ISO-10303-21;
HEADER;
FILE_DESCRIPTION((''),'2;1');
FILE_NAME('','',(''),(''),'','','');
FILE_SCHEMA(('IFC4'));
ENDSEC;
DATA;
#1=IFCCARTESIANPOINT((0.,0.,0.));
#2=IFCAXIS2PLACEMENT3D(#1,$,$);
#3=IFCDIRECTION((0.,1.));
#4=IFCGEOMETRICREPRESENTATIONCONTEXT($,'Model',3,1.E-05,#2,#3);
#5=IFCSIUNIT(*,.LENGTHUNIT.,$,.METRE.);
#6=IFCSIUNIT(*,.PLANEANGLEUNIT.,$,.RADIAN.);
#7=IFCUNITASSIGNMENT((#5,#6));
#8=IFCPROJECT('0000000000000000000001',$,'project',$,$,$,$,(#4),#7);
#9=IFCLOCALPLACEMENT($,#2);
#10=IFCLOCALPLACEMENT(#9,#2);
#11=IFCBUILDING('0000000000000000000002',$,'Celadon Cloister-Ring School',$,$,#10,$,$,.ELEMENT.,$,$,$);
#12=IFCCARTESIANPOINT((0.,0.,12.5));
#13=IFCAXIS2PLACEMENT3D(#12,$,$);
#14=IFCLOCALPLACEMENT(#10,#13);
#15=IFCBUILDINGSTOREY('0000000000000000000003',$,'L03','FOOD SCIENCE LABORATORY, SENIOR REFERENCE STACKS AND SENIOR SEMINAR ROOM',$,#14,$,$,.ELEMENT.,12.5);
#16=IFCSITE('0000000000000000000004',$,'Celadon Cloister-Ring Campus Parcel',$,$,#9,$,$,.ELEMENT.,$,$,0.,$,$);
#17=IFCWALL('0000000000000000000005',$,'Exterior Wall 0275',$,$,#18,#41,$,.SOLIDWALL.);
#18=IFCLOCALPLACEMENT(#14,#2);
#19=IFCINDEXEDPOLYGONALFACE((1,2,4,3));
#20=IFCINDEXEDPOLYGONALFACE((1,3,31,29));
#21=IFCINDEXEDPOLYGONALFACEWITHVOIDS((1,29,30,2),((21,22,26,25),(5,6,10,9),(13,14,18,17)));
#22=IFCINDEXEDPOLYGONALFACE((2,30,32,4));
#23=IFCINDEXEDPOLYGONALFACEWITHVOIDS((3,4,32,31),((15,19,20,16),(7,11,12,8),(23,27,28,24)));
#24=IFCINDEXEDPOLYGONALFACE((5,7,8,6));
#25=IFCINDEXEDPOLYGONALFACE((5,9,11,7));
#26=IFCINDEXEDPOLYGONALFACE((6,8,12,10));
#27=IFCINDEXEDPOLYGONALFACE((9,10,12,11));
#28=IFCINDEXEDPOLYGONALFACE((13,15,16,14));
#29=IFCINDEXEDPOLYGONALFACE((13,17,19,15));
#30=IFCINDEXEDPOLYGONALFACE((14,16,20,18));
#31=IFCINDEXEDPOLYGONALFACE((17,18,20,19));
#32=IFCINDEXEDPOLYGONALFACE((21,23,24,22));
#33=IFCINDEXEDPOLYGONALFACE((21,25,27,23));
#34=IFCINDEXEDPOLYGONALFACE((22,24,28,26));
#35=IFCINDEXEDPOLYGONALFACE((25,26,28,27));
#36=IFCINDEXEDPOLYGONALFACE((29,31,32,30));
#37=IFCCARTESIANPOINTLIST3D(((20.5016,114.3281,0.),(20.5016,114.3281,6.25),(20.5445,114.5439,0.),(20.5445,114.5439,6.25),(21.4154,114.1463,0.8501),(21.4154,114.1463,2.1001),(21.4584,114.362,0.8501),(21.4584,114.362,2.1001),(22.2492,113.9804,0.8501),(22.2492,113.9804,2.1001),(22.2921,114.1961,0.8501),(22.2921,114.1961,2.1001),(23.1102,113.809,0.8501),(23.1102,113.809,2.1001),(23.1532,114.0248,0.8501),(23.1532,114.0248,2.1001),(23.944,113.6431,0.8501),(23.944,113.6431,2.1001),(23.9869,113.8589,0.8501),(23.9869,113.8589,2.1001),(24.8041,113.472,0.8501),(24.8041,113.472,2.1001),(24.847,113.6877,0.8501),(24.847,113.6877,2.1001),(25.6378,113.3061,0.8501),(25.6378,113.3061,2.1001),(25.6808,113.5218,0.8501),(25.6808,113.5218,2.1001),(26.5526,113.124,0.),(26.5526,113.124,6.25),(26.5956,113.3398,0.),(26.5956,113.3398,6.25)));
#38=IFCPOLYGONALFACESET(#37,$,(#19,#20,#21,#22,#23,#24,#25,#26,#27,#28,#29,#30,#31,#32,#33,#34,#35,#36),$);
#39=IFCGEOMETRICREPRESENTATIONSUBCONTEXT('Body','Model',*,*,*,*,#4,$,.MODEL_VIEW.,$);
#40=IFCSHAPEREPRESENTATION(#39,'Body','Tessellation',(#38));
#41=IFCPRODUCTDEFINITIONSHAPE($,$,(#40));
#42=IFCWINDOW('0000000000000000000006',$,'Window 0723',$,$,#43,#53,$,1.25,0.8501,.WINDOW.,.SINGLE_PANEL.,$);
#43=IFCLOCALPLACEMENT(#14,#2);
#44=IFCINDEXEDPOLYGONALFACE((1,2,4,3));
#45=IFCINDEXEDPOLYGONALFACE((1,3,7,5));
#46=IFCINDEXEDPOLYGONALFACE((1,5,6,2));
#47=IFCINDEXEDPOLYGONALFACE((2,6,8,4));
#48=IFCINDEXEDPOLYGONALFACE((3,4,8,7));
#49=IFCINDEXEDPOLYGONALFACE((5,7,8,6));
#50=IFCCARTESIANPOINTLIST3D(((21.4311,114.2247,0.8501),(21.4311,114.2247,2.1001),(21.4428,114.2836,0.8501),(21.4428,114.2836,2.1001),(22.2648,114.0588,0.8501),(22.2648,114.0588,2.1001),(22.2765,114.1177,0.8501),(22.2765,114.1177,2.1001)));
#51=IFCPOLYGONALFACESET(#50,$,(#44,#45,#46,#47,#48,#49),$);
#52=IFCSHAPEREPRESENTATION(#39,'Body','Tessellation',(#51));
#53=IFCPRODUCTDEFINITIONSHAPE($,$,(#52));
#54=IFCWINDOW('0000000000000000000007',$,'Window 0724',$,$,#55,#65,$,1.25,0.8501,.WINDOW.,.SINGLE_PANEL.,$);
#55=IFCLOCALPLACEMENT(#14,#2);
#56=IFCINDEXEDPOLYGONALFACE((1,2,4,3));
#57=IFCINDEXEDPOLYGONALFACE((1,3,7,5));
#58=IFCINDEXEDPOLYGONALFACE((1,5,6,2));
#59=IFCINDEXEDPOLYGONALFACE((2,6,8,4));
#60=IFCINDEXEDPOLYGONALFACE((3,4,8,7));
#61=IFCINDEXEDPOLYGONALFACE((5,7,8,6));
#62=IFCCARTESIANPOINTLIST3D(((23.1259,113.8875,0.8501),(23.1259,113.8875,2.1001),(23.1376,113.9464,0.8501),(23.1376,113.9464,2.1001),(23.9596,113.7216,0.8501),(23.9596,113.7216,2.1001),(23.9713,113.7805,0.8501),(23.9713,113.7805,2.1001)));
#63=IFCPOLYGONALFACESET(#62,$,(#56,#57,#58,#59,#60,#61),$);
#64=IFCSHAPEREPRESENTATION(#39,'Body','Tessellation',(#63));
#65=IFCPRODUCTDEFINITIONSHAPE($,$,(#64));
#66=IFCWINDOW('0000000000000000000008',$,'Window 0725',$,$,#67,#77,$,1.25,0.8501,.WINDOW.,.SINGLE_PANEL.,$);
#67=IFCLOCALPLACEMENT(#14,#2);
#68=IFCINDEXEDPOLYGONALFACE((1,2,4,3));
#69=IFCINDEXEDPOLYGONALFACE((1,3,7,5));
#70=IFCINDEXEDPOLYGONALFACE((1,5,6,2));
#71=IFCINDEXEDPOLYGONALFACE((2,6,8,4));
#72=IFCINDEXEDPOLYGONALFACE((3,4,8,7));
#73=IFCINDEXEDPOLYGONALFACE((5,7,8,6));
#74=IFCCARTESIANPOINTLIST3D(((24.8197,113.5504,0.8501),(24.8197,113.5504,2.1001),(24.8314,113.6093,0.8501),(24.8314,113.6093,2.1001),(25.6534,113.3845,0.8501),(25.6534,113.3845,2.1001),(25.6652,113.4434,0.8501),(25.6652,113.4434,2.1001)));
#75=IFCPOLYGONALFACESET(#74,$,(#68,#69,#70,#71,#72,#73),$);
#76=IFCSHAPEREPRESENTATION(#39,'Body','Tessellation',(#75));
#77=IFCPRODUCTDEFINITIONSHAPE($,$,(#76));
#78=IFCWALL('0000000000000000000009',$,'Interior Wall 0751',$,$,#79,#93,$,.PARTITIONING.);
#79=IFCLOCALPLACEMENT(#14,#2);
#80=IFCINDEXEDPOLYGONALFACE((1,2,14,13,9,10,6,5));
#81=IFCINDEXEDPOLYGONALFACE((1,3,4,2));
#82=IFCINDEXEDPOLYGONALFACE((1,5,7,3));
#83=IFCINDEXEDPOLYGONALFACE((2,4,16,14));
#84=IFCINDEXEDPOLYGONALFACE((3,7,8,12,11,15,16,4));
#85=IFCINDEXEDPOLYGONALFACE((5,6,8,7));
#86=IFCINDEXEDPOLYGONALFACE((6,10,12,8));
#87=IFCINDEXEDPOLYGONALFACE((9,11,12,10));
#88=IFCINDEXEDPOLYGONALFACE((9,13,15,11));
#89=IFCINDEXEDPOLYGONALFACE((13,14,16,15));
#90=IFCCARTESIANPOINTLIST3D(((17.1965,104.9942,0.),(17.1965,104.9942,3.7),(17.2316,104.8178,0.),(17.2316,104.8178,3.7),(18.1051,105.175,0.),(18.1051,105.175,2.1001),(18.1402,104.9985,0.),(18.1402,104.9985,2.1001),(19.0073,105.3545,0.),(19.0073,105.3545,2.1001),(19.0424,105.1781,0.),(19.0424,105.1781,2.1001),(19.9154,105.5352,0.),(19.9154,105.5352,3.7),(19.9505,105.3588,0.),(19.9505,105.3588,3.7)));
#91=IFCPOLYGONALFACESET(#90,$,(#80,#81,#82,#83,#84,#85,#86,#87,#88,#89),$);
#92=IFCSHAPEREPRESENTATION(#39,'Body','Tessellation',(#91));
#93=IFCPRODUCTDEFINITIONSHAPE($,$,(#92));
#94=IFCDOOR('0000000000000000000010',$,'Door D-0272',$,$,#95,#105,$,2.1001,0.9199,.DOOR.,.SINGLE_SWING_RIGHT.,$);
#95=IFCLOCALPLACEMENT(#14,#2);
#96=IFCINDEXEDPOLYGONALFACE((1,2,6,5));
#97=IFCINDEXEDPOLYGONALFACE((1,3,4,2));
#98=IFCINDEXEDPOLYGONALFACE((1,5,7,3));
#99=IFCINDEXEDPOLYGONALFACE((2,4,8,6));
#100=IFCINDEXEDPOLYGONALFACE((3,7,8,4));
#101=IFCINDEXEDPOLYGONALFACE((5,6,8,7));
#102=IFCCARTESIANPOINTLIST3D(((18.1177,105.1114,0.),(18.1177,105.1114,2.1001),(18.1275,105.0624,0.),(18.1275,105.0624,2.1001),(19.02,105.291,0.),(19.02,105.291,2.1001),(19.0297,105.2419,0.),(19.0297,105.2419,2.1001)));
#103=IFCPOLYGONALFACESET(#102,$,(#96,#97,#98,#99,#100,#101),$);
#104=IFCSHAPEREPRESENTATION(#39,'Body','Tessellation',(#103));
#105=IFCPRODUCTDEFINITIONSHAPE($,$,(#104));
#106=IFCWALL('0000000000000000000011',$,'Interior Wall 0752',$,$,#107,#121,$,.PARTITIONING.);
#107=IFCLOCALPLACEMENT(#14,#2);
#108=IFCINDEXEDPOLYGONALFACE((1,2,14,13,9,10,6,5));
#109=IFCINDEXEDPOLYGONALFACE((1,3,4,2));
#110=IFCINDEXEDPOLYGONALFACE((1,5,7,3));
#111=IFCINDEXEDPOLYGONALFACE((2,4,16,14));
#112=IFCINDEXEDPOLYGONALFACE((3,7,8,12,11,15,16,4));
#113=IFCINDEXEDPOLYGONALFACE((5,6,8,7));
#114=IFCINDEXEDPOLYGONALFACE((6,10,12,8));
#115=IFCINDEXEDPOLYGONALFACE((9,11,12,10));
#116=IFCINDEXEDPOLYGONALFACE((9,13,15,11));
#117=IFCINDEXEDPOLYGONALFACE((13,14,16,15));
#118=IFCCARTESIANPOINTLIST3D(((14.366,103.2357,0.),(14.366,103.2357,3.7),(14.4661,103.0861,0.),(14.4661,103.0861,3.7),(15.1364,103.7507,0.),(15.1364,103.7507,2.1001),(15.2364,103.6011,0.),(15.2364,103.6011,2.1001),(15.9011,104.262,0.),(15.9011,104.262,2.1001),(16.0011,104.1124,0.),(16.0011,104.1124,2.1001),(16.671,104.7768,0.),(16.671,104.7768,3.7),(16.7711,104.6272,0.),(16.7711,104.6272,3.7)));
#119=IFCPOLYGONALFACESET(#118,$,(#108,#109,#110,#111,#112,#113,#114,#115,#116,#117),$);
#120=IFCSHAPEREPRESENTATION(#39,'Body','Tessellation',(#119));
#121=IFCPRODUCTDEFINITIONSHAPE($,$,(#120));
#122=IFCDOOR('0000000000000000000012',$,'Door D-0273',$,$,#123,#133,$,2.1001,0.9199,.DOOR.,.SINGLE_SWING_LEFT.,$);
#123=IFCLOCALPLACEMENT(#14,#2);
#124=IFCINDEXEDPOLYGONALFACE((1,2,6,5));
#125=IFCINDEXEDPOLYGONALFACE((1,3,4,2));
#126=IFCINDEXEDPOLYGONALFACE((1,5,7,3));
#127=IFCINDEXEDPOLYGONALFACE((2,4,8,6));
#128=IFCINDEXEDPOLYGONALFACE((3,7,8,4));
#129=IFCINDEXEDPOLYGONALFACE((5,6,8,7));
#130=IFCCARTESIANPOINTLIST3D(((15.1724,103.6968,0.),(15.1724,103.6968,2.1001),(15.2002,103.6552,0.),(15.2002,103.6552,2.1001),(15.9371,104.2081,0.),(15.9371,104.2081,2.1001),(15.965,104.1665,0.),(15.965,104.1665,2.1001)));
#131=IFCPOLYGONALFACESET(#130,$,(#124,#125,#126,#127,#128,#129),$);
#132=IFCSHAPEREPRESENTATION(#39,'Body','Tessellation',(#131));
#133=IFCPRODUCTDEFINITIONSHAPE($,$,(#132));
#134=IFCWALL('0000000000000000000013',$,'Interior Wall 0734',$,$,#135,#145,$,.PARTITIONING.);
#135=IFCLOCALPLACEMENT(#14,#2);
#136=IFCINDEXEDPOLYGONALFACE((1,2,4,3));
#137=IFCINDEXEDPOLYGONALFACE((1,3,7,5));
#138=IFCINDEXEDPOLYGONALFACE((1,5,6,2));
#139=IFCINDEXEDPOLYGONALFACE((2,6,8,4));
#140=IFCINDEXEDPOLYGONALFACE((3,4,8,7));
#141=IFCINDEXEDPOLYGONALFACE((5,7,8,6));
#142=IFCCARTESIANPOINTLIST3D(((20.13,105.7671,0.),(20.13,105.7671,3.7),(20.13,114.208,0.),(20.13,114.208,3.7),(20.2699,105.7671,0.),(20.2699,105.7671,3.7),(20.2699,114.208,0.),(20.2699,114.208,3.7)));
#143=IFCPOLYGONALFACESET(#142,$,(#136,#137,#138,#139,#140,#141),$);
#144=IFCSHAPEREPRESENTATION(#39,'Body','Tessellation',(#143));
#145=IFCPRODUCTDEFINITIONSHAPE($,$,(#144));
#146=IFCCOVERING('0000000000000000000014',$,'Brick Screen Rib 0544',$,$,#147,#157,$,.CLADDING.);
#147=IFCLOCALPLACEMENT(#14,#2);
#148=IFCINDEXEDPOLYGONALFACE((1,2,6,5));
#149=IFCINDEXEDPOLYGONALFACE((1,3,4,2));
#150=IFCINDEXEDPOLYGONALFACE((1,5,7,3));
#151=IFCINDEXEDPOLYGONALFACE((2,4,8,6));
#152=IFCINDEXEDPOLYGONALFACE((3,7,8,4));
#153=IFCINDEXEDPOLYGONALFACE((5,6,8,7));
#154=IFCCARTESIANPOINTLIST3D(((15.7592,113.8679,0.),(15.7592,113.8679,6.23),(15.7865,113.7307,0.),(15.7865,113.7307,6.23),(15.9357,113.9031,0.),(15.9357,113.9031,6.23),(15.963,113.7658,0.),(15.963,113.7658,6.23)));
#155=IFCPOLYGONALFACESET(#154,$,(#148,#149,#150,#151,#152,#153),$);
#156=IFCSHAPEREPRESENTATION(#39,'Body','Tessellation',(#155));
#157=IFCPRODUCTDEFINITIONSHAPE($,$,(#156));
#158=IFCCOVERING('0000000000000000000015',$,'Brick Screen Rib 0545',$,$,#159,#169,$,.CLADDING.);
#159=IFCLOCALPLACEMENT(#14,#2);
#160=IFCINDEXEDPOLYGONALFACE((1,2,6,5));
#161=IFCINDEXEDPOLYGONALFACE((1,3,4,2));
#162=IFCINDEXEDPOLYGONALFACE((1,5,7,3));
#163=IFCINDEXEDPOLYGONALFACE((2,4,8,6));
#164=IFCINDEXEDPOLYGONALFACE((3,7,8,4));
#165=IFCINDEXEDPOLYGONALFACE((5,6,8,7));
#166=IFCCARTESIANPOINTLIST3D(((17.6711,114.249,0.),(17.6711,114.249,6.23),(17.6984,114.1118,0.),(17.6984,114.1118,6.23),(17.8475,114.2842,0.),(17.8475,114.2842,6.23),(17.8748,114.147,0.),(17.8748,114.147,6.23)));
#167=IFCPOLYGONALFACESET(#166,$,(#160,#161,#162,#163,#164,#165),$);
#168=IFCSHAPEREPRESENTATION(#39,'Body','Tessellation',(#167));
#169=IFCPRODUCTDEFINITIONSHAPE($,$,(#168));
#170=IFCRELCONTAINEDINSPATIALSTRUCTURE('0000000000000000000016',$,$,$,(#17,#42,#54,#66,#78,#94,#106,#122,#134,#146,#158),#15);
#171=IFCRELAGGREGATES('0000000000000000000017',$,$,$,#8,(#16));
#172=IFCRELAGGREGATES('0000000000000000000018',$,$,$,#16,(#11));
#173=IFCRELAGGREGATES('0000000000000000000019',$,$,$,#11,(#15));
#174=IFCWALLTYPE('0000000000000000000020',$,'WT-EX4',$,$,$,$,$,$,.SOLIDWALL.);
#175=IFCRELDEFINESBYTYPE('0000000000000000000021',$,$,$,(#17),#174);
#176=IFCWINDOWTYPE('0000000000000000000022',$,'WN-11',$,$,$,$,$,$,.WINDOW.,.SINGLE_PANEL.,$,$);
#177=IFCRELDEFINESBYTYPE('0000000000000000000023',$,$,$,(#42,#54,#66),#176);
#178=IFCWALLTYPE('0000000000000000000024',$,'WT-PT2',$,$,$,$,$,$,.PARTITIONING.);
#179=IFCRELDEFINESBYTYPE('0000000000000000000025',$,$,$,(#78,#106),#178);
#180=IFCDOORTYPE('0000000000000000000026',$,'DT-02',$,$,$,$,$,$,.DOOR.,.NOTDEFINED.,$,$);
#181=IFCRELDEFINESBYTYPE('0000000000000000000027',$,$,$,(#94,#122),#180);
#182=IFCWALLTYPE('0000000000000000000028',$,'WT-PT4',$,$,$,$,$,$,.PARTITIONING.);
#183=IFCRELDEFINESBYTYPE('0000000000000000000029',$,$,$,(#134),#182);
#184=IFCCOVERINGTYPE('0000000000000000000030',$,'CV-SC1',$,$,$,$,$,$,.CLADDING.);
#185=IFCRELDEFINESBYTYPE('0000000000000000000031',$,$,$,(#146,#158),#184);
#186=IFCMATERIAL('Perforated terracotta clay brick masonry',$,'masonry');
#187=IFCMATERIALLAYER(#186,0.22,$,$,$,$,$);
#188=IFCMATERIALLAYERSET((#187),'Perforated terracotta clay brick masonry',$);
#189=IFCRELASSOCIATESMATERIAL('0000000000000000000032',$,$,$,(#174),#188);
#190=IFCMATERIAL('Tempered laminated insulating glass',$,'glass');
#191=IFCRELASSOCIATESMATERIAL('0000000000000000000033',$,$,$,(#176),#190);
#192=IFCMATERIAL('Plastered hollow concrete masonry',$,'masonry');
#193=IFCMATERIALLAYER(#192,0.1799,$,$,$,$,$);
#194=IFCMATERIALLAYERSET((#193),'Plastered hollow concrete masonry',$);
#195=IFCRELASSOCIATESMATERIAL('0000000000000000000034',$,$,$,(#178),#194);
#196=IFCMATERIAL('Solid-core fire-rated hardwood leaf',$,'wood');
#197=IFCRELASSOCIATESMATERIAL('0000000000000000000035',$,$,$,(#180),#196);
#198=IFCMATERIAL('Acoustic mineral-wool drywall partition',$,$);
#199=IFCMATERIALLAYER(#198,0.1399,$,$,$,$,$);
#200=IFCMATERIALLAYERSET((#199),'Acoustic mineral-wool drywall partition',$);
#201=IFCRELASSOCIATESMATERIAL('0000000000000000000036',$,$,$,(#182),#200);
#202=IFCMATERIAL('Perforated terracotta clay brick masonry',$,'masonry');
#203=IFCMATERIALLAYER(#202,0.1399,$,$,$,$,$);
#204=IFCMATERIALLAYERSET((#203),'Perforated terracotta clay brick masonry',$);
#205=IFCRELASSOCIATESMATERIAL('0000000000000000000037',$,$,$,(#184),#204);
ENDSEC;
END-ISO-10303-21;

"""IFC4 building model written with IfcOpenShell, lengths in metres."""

from ifc_helpers import new_model, si_unit, direction, frame, frame_2d, origin, origin_2d, place, context, subcontext, project, spatial, rectangle, extrude, material, layer, layer_set, type_object, element, fill, save


model = new_model("IFC4")

# Units and contexts
model_context = context("Model", 3, precision=1e-05, world=origin(), true_north=direction((0.0, 1.0)))
body_context = subcontext(model_context, "Body", "Model", "MODEL_VIEW")
ifc_project = project(units=[si_unit("LENGTHUNIT", "METRE"), si_unit("PLANEANGLEUNIT", "RADIAN")], contexts=[model_context])

# Site, building, storey
site_placement = place(None, origin())
site = spatial("IfcSite", under=ifc_project, at=site_placement, Name="Celadon Cloister-Ring Campus Parcel", CompositionType="ELEMENT", RefElevation=0.0)
building_placement = place(site_placement, origin())
building = spatial("IfcBuilding", under=site, at=building_placement, Name="Celadon Cloister-Ring School", CompositionType="ELEMENT")
storey_placement = place(building_placement, frame((0.0, 0.0, 12.5)))
storey = spatial("IfcBuildingStorey", under=building, at=storey_placement, Name="L03", Description="FOOD SCIENCE LABORATORY, SENIOR REFERENCE STACKS AND SENIOR SEMINAR ROOM", CompositionType="ELEMENT", Elevation=12.5)

# Wall, openings, windows
ifc_material_1 = material(Name="Perforated terracotta clay brick masonry", Category="masonry")
ifc_layer_1 = layer(ifc_material_1, 0.22)
ifc_layer_set_1 = layer_set([ifc_layer_1], Name="Perforated terracotta clay brick masonry")
wall_type_1 = type_object("IfcWallType", Name="WT-EX4", PredefinedType="SOLIDWALL", material=ifc_layer_set_1)
wall_1_placement = place(storey_placement, frame((20.5229, 114.436, 0.0), z_axis=(0.0, 0.0, 1.0), x_axis=(0.98077, -0.195165, 0.0)))
wall_1 = element("IfcWall", 1, at=wall_1_placement, inside=storey, type_object=wall_type_1, Name="Exterior Wall 0275", PredefinedType="SOLIDWALL", context=body_context, shape_type="SweptSolid", body=[
    extrude(rectangle(XDim=6.1697, YDim=0.22, at=frame_2d((3.085, 0.0))), origin(), (0.0, 0.0, 1.0), 6.25),
])
opening_1_placement = place(wall_1_placement, frame((0.9319, 0.0, 0.8501)))
opening_1 = element("IfcOpeningElement", 2, at=opening_1_placement, cuts=wall_1, PredefinedType="OPENING", context=body_context, shape_type="SweptSolid", body=[
    extrude(rectangle(XDim=0.8501, YDim=1.25, at=frame_2d((0.425, 0.625))), frame((0.0, 0.1201, 0.0), z_axis=(0.0, -1.0, 0.0), x_axis=(1.0, 0.0, 0.0)), (0.0, 0.0, 1.0), 0.24),
])
opening_2_placement = place(wall_1_placement, frame((2.6599, 0.0, 0.8501)))
opening_2 = element("IfcOpeningElement", 3, at=opening_2_placement, cuts=wall_1, PredefinedType="OPENING", context=body_context, shape_type="SweptSolid", body=[
    extrude(rectangle(XDim=0.8501, YDim=1.25, at=frame_2d((0.425, 0.625))), frame((0.0, 0.1201, 0.0), z_axis=(0.0, -1.0, 0.0), x_axis=(1.0, 0.0, 0.0)), (0.0, 0.0, 1.0), 0.24),
])
opening_3_placement = place(wall_1_placement, frame((4.387, 0.0, 0.8501)))
opening_3 = element("IfcOpeningElement", 4, at=opening_3_placement, cuts=wall_1, PredefinedType="OPENING", context=body_context, shape_type="SweptSolid", body=[
    extrude(rectangle(XDim=0.8501, YDim=1.25, at=frame_2d((0.425, 0.625))), frame((0.0, 0.1201, 0.0), z_axis=(0.0, -1.0, 0.0), x_axis=(1.0, 0.0, 0.0)), (0.0, 0.0, 1.0), 0.24),
])
ifc_material_2 = material(Name="Tempered laminated insulating glass", Category="glass")
window_type = type_object("IfcWindowType", Name="WN-11", PartitioningType="SINGLE_PANEL", PredefinedType="WINDOW", material=ifc_material_2)
window_1_placement = place(opening_1_placement, origin())
window_1 = element("IfcWindow", 5, at=window_1_placement, inside=storey, type_object=window_type, Name="Window 0723", OverallHeight=1.25, OverallWidth=0.8501, PartitioningType="SINGLE_PANEL", PredefinedType="WINDOW", context=body_context, shape_type="SweptSolid", body=[
    extrude(rectangle(XDim=0.8501, YDim=1.25, at=frame_2d((0.425, 0.625))), frame((0.0, 0.03, 0.0), z_axis=(0.0, -1.0, 0.0), x_axis=(1.0, 0.0, 0.0)), (0.0, 0.0, 1.0), 0.0601),
])
fill(opening_1, window_1)
window_2_placement = place(opening_2_placement, origin())
window_2 = element("IfcWindow", 6, at=window_2_placement, inside=storey, type_object=window_type, Name="Window 0724", OverallHeight=1.25, OverallWidth=0.8501, PartitioningType="SINGLE_PANEL", PredefinedType="WINDOW", context=body_context, shape_type="SweptSolid", body=[
    extrude(rectangle(XDim=0.8501, YDim=1.25, at=frame_2d((0.425, 0.625))), frame((0.0, 0.03, 0.0), z_axis=(0.0, -1.0, 0.0), x_axis=(1.0, 0.0, 0.0)), (0.0, 0.0, 1.0), 0.0601),
])
fill(opening_2, window_2)
window_3_placement = place(opening_3_placement, origin())
window_3 = element("IfcWindow", 7, at=window_3_placement, inside=storey, type_object=window_type, Name="Window 0725", OverallHeight=1.25, OverallWidth=0.8501, PartitioningType="SINGLE_PANEL", PredefinedType="WINDOW", context=body_context, shape_type="SweptSolid", body=[
    extrude(rectangle(XDim=0.8501, YDim=1.25, at=frame_2d((0.425, 0.625))), frame((0.0, 0.03, 0.0), z_axis=(0.0, -1.0, 0.0), x_axis=(1.0, 0.0, 0.0)), (0.0, 0.0, 1.0), 0.0601),
])
fill(opening_3, window_3)

# Walls, openings, doors
ifc_material_3 = material(Name="Plastered hollow concrete masonry", Category="masonry")
ifc_layer_2 = layer(ifc_material_3, 0.1799)
ifc_layer_set_2 = layer_set([ifc_layer_2], Name="Plastered hollow concrete masonry")
wall_type_2 = type_object("IfcWallType", Name="WT-PT2", PredefinedType="PARTITIONING", material=ifc_layer_set_2)
wall_2_placement = place(storey_placement, frame((19.9331, 105.447, 0.0), z_axis=(0.0, 0.0, 1.0), x_axis=(-0.980773, -0.195151, 0.0)))
wall_2 = element("IfcWall", 8, at=wall_2_placement, inside=storey, type_object=wall_type_2, Name="Interior Wall 0751", PredefinedType="PARTITIONING", context=body_context, shape_type="SweptSolid", body=[
    extrude(rectangle(XDim=2.7722, YDim=0.1799, at=frame_2d((1.3862, 0.0))), origin(), (0.0, 0.0, 1.0), 3.7),
])
opening_4_placement = place(wall_2_placement, frame((0.926, 0.0, 0.0)))
opening_4 = element("IfcOpeningElement", 9, at=opening_4_placement, cuts=wall_2, PredefinedType="OPENING", context=body_context, shape_type="SweptSolid", body=[
    extrude(rectangle(XDim=0.9199, YDim=2.1001, at=frame_2d((0.46, 1.05))), frame((0.0, 0.1001, 0.0), z_axis=(0.0, -1.0, 0.0), x_axis=(1.0, 0.0, 0.0)), (0.0, 0.0, 1.0), 0.2),
])
ifc_material_4 = material(Name="Solid-core fire-rated hardwood leaf", Category="wood")
door_type = type_object("IfcDoorType", Name="DT-02", OperationType="NOTDEFINED", PredefinedType="DOOR", material=ifc_material_4)
door_1_placement = place(opening_4_placement, origin())
door_1 = element("IfcDoor", 10, at=door_1_placement, inside=storey, type_object=door_type, Name="Door D-0272", OperationType="SINGLE_SWING_RIGHT", OverallHeight=2.1001, OverallWidth=0.9199, PredefinedType="DOOR", context=body_context, shape_type="SweptSolid", body=[
    extrude(rectangle(XDim=0.9199, YDim=2.1001, at=frame_2d((0.46, 1.05))), frame((0.0, 0.0249, 0.0), z_axis=(0.0, -1.0, 0.0), x_axis=(1.0, 0.0, 0.0)), (0.0, 0.0, 1.0), 0.05),
])
fill(opening_4, door_1)
wall_3_placement = place(storey_placement, frame((16.7209, 104.7019, 0.0), z_axis=(0.0, 0.0, 1.0), x_axis=(-0.831318, -0.555797, 0.0)))
wall_3 = element("IfcWall", 11, at=wall_3_placement, inside=storey, type_object=wall_type_2, Name="Interior Wall 0752", PredefinedType="PARTITIONING", context=body_context, shape_type="SweptSolid", body=[
    extrude(rectangle(XDim=2.7727, YDim=0.1799, at=frame_2d((1.3862, 0.0))), origin(), (0.0, 0.0, 1.0), 3.7),
])
opening_5_placement = place(wall_3_placement, frame((0.926, 0.0, 0.0)))
opening_5 = element("IfcOpeningElement", 12, at=opening_5_placement, cuts=wall_3, PredefinedType="OPENING", context=body_context, shape_type="SweptSolid", body=[
    extrude(rectangle(XDim=0.9199, YDim=2.1001, at=frame_2d((0.46, 1.05))), frame((0.0, 0.1001, 0.0), z_axis=(0.0, -1.0, 0.0), x_axis=(1.0, 0.0, 0.0)), (0.0, 0.0, 1.0), 0.2),
])
door_2_placement = place(opening_5_placement, origin())
door_2 = element("IfcDoor", 13, at=door_2_placement, inside=storey, type_object=door_type, Name="Door D-0273", OperationType="SINGLE_SWING_LEFT", OverallHeight=2.1001, OverallWidth=0.9199, PredefinedType="DOOR", context=body_context, shape_type="SweptSolid", body=[
    extrude(rectangle(XDim=0.9199, YDim=2.1001, at=frame_2d((0.46, 1.05))), frame((0.0, 0.0249, 0.0), z_axis=(0.0, -1.0, 0.0), x_axis=(1.0, 0.0, 0.0)), (0.0, 0.0, 1.0), 0.05),
])
fill(opening_5, door_2)

# Wall
ifc_material_5 = material(Name="Acoustic mineral-wool drywall partition")
ifc_layer_3 = layer(ifc_material_5, 0.1399)
ifc_layer_set_3 = layer_set([ifc_layer_3], Name="Acoustic mineral-wool drywall partition")
wall_type_3 = type_object("IfcWallType", Name="WT-PT4", PredefinedType="PARTITIONING", material=ifc_layer_set_3)
wall_4_placement = place(storey_placement, frame((20.2, 105.7671, 0.0), z_axis=(0.0, 0.0, 1.0), x_axis=(0.0, 1.0, 0.0)))
element("IfcWall", 14, at=wall_4_placement, inside=storey, type_object=wall_type_3, Name="Interior Wall 0734", PredefinedType="PARTITIONING", context=body_context, shape_type="SweptSolid", body=[
    extrude(rectangle(XDim=8.4409, YDim=0.1399, at=frame_2d((4.2205, 0.0))), origin(), (0.0, 0.0, 1.0), 3.7),
])

# Coverings
ifc_material_6 = material(Name="Perforated terracotta clay brick masonry", Category="masonry")
ifc_layer_4 = layer(ifc_material_6, 0.1399)
ifc_layer_set_4 = layer_set([ifc_layer_4], Name="Perforated terracotta clay brick masonry")
covering_type = type_object("IfcCoveringType", Name="CV-SC1", PredefinedType="CLADDING", material=ifc_layer_set_4)
for number, where, z_axis, x_axis, name in (
    (15, (15.8611, 113.8169, 0.0), (0.0, 0.0, 1.0), (0.980775, 0.195142, 0.0), "Brick Screen Rib 0544"),
    (16, (17.7729, 114.198, 0.0), (0.0, 0.0, 1.0), (0.980775, 0.195142, 0.0), "Brick Screen Rib 0545"),
):
    element("IfcCovering", number, at=place(storey_placement, frame(where, z_axis=z_axis, x_axis=x_axis)), inside=storey, type_object=covering_type, Name=name, PredefinedType="CLADDING", context=body_context, shape_type="SweptSolid", body=[
        extrude(rectangle(XDim=0.1799, YDim=0.1399, at=origin_2d()), origin(), (0.0, 0.0, 1.0), 6.23),
    ])

save(model, "model.ifc")
